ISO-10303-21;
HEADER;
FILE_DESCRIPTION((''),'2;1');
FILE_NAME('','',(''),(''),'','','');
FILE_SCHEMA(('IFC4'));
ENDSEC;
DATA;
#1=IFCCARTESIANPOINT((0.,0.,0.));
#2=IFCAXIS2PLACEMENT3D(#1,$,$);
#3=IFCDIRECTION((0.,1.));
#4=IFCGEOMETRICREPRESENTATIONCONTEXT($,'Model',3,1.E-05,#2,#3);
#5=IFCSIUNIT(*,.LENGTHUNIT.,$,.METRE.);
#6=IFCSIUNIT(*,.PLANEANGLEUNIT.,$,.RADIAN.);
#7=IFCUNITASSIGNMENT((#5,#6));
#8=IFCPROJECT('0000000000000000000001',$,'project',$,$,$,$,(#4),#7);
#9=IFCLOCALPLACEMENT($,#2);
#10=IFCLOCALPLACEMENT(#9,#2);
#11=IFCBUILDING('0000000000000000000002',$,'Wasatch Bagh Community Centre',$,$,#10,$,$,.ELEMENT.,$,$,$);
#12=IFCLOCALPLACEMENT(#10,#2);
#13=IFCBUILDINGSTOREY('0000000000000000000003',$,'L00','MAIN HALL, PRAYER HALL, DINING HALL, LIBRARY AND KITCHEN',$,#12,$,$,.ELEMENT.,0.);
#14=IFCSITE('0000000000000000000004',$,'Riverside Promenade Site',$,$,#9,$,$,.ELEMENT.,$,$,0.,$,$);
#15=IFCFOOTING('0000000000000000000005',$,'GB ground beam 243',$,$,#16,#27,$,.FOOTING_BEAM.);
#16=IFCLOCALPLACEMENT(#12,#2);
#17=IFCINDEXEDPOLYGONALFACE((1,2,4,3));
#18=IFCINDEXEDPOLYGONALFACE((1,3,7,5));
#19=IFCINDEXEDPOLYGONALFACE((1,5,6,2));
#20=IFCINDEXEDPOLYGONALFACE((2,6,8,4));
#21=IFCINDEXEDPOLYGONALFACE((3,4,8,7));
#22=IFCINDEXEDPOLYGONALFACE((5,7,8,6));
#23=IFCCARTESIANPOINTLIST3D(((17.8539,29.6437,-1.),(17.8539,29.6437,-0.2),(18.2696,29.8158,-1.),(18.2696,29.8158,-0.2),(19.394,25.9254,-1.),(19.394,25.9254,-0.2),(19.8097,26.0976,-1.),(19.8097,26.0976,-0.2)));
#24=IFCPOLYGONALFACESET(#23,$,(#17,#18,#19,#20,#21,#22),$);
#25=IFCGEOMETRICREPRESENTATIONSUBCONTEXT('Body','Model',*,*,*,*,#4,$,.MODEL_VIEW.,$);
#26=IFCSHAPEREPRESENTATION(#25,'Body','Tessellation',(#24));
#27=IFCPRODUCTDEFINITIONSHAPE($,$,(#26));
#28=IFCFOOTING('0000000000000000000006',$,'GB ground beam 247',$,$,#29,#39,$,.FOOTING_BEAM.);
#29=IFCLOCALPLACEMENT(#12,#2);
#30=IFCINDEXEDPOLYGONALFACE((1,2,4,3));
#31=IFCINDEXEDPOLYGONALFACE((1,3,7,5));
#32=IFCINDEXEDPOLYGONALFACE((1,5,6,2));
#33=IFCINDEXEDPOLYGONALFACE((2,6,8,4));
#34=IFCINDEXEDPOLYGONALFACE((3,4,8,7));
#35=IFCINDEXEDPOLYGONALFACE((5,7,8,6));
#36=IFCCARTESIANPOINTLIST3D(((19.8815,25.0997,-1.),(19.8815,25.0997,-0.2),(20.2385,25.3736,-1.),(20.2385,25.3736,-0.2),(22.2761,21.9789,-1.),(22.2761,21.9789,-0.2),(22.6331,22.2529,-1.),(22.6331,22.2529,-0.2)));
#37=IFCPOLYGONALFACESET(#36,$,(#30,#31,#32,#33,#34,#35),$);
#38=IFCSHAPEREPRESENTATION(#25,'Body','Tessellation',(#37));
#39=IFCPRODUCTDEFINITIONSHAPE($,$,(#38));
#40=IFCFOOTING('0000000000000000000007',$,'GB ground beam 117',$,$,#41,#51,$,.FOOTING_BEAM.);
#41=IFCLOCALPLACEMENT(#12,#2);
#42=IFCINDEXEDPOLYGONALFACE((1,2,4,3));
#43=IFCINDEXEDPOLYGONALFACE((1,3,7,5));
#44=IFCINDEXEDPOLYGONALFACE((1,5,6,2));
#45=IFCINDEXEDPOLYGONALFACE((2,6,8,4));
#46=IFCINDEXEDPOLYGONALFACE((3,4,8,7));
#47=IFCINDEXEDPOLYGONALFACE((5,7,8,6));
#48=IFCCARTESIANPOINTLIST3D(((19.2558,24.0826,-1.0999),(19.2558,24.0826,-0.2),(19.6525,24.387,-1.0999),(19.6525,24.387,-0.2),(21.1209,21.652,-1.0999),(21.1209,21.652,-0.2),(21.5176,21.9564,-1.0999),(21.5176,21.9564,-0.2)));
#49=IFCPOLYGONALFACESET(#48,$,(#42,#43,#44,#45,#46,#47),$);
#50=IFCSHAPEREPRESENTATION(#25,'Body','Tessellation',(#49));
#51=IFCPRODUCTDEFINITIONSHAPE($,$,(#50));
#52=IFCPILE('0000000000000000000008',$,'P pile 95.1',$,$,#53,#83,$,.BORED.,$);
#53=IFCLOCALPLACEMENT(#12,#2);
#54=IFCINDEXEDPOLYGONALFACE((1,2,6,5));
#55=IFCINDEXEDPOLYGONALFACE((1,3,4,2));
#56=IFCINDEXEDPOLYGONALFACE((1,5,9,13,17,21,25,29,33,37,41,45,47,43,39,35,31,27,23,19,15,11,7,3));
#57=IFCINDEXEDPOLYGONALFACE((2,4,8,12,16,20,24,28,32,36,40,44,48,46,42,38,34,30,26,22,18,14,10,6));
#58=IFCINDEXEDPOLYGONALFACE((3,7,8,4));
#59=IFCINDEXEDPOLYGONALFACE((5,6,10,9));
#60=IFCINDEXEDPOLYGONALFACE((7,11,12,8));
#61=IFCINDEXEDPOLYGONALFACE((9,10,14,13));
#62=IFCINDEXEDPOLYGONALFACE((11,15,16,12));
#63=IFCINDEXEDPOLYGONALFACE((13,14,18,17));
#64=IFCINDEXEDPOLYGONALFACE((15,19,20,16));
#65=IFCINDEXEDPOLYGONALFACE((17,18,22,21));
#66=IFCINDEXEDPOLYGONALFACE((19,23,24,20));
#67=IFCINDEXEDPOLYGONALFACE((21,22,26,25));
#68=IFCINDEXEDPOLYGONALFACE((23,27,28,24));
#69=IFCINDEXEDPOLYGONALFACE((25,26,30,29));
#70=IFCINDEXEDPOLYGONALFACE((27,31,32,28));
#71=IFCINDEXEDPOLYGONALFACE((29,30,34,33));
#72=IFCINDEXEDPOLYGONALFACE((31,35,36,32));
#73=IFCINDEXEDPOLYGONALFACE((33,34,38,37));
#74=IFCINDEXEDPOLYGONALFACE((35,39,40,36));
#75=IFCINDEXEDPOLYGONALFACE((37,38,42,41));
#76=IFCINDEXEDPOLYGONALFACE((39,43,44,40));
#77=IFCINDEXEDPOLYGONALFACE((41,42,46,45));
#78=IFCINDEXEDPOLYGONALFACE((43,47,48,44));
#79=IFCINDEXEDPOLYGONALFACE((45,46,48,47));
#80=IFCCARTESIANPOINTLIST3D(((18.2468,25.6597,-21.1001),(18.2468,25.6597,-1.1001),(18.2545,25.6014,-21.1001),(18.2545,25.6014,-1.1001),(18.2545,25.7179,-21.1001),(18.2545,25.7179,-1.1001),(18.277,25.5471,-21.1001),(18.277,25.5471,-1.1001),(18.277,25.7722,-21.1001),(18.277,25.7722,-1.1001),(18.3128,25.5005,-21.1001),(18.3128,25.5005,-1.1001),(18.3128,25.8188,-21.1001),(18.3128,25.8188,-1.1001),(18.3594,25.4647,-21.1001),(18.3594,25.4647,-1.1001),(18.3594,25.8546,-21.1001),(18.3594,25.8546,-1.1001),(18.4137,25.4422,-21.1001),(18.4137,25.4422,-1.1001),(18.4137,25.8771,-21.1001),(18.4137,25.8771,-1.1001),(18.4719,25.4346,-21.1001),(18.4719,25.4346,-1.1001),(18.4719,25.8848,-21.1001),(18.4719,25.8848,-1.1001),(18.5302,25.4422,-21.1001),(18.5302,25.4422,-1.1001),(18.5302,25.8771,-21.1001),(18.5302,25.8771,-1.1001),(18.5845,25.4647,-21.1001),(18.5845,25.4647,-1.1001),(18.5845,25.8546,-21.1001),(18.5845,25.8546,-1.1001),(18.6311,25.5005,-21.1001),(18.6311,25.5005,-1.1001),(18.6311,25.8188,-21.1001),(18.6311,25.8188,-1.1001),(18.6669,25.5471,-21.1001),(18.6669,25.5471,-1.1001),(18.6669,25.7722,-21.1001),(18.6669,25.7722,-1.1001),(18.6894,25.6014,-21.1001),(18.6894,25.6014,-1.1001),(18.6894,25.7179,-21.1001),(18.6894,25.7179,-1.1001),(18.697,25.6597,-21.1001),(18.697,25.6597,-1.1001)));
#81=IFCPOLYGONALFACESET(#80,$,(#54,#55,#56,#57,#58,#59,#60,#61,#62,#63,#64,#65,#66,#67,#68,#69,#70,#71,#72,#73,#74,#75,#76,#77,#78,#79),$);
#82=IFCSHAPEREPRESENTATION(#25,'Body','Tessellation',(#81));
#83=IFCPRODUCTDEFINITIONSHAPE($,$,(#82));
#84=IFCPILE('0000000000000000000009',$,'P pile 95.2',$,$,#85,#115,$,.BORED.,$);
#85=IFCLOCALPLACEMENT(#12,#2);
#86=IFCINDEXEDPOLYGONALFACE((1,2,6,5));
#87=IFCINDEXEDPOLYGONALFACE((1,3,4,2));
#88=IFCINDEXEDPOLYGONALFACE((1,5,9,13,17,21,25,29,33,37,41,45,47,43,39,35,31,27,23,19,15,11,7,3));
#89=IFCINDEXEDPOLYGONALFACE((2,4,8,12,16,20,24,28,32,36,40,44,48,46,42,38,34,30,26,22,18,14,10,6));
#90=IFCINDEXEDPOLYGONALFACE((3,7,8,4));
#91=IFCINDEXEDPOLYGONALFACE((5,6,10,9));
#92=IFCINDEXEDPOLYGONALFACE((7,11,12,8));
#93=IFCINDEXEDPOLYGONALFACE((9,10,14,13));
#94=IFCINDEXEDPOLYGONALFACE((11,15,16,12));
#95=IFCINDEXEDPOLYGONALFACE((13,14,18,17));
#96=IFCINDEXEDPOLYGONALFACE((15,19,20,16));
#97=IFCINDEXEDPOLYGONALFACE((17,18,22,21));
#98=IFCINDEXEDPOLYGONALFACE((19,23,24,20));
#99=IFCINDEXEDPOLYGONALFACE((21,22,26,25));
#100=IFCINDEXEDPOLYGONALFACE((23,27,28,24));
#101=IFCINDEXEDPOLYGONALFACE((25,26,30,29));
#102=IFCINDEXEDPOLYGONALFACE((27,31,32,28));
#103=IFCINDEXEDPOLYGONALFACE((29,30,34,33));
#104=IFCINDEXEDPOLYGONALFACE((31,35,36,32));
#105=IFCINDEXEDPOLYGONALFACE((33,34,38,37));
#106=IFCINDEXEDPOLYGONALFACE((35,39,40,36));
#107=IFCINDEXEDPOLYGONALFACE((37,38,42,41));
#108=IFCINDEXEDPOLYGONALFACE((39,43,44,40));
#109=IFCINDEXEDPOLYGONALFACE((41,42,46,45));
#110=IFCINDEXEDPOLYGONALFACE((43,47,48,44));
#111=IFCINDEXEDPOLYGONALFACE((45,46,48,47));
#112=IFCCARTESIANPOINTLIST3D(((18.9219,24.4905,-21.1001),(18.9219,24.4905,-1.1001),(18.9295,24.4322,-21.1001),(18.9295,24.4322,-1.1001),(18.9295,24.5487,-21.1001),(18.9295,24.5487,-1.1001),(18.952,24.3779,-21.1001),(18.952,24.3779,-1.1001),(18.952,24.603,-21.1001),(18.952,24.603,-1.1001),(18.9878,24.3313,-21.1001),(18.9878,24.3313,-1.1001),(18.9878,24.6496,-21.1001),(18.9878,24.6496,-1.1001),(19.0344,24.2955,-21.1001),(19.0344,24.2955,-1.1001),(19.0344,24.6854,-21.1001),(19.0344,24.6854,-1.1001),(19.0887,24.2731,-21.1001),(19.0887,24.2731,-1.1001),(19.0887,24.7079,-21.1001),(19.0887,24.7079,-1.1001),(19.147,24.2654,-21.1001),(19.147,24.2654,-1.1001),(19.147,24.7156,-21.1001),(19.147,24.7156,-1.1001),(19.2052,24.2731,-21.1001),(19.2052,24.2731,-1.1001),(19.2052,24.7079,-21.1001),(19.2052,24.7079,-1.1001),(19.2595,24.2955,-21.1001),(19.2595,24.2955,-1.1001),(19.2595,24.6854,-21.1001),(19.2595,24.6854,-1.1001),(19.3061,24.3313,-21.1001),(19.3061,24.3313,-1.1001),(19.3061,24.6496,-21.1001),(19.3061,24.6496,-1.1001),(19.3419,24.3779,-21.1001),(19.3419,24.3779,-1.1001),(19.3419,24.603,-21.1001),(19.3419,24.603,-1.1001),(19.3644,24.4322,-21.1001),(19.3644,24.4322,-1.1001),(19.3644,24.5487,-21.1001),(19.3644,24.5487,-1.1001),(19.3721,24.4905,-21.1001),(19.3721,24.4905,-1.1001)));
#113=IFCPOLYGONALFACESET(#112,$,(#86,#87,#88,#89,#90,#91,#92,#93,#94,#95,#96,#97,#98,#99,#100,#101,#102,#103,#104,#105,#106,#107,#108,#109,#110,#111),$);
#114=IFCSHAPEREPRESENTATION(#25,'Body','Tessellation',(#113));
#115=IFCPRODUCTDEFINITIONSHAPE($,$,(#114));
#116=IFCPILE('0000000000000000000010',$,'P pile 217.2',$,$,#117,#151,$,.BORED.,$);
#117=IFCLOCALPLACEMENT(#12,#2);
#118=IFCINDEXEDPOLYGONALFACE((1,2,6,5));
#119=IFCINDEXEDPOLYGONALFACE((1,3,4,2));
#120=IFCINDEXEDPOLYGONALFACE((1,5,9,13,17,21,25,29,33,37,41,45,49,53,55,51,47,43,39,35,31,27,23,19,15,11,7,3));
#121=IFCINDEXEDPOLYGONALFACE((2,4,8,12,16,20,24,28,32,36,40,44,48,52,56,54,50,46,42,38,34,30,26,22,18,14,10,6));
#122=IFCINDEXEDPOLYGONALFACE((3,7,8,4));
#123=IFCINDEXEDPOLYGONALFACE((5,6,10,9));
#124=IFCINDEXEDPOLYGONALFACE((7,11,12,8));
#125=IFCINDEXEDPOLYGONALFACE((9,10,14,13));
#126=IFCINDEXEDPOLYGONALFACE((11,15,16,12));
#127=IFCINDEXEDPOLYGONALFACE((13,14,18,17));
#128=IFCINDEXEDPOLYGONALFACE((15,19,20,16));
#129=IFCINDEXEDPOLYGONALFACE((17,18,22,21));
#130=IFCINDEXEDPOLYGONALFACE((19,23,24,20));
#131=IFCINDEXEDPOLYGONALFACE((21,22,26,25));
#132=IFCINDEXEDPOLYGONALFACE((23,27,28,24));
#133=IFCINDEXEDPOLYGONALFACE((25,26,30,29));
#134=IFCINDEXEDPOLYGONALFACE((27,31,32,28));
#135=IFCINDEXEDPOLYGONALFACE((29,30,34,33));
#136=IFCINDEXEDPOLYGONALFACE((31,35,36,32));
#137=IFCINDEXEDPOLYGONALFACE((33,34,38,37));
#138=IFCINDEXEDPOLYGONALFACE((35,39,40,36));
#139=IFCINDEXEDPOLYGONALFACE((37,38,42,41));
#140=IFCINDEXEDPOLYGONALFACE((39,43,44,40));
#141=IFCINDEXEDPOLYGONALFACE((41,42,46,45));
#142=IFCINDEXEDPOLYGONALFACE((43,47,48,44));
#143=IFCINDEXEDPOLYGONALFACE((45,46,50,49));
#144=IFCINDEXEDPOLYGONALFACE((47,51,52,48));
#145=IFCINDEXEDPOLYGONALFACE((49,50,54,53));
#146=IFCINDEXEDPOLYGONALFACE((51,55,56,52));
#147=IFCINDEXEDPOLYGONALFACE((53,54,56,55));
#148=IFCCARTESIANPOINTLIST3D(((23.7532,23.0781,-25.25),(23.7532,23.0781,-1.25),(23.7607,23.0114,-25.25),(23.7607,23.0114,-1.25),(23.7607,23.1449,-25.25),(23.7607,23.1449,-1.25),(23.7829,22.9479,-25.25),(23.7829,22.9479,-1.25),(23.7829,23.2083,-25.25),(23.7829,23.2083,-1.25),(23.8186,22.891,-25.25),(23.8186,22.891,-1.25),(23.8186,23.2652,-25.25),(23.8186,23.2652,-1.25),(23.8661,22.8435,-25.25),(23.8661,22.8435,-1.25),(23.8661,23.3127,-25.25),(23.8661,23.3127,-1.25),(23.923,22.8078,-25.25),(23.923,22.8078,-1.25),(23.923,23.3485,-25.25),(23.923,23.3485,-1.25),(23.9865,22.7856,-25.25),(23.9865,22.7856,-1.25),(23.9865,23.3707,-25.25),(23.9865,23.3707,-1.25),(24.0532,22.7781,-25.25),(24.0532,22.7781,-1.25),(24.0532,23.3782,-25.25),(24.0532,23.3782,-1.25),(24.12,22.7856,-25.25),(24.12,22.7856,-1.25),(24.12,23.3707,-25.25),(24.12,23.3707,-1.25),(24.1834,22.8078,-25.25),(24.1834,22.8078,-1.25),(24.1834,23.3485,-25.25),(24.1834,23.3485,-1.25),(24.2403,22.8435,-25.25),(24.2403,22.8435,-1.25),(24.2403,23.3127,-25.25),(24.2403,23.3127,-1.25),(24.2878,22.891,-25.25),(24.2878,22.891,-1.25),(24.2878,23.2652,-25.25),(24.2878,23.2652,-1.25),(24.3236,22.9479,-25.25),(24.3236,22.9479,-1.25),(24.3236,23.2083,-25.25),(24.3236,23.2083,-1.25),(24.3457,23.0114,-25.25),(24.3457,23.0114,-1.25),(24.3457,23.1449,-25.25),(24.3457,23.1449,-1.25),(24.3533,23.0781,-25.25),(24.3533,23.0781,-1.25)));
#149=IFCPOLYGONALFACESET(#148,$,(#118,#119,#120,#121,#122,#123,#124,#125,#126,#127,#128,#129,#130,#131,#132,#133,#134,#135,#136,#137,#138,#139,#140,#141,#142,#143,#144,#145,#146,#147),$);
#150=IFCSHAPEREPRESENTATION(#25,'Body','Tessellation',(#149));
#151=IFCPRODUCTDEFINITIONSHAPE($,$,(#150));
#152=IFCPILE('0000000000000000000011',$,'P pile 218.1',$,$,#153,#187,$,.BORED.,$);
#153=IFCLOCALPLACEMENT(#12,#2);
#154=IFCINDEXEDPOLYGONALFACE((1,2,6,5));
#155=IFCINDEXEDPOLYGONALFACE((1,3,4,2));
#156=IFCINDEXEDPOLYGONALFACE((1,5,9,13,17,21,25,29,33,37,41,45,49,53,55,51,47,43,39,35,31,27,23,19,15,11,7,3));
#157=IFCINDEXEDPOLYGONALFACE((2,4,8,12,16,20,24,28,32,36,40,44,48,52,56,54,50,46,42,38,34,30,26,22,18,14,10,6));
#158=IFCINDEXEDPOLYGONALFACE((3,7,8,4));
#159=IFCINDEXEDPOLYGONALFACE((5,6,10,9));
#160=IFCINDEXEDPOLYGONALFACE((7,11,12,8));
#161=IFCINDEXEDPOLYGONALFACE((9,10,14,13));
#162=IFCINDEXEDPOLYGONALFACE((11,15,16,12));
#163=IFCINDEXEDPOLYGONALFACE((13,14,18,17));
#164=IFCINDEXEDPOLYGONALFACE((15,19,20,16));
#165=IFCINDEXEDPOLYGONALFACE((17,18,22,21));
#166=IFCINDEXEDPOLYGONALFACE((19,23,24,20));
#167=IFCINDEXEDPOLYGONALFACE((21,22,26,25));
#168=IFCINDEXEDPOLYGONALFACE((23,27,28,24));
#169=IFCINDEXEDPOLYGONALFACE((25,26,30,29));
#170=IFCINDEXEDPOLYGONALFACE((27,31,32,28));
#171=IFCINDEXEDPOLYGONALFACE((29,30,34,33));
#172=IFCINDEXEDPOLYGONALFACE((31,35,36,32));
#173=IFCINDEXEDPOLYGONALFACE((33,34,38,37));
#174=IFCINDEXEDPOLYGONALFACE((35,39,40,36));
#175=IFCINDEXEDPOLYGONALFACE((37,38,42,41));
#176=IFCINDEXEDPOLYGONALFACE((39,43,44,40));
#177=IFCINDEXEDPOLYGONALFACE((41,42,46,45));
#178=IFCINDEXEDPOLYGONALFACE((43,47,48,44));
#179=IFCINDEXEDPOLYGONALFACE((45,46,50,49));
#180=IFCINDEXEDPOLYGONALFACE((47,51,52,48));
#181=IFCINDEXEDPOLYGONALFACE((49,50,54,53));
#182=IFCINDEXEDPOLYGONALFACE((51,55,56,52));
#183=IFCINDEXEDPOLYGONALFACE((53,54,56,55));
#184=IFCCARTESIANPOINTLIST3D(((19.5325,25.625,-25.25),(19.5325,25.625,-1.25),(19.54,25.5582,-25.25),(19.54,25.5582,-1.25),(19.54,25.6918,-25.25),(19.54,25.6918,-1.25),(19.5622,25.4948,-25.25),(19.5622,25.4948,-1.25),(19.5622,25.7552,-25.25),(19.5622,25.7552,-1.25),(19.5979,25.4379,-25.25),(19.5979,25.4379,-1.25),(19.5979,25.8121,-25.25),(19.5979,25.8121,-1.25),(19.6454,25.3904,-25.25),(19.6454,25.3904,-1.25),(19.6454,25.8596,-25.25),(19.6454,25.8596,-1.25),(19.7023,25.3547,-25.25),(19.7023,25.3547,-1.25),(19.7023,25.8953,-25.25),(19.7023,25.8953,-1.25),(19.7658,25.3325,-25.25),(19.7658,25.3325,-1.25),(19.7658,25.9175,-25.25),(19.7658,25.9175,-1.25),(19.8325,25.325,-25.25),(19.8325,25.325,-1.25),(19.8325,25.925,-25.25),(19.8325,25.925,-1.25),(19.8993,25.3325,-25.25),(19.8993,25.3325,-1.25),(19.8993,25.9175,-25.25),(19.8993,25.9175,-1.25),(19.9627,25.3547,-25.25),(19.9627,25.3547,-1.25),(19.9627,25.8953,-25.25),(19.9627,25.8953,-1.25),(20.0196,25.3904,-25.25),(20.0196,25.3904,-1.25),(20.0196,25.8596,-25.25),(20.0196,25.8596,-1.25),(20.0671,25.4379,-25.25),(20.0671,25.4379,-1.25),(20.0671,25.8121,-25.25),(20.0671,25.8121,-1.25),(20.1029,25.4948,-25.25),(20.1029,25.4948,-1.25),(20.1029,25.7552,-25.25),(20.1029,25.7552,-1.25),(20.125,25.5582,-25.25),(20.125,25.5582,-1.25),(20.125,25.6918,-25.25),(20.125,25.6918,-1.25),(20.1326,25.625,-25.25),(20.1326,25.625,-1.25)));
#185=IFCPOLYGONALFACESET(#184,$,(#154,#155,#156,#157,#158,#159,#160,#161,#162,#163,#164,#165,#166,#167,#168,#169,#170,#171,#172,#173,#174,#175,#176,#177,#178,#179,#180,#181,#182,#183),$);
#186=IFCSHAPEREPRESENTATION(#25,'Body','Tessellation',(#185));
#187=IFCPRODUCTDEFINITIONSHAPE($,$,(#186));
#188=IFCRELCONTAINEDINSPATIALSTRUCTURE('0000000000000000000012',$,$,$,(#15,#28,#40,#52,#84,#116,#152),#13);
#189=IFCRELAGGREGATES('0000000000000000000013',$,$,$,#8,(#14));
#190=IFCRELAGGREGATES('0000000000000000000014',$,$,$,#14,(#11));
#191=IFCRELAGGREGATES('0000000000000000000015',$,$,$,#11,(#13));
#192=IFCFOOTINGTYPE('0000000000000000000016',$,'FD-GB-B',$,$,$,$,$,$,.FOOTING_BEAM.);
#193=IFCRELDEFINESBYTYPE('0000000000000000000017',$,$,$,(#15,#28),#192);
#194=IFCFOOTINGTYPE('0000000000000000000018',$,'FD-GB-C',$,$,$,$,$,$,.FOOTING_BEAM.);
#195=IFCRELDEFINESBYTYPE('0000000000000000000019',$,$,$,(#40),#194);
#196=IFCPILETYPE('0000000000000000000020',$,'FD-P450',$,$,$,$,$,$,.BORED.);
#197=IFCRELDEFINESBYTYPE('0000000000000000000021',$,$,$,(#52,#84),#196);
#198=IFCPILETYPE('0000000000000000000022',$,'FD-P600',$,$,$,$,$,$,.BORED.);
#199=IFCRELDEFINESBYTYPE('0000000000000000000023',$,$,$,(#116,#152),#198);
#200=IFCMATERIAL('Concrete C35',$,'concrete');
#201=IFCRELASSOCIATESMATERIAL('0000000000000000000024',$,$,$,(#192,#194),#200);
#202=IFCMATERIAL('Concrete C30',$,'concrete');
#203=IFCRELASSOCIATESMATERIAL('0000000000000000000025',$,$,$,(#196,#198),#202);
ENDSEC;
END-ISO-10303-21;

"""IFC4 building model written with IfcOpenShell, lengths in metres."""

from ifc_helpers import new_model, si_unit, direction, frame, origin, origin_2d, place, context, subcontext, project, spatial, rectangle, circle, extrude, material, material_profile, profile_set, type_object, element, save


model = new_model("IFC4")

# Units and contexts
model_context = context("Model", 3, precision=1e-05, world=origin(), true_north=direction((0.0, 1.0)))
body_context = subcontext(model_context, "Body", "Model", "MODEL_VIEW")
ifc_project = project(units=[si_unit("LENGTHUNIT", "METRE"), si_unit("PLANEANGLEUNIT", "RADIAN")], contexts=[model_context])

# Site, building, storey
site_placement = place(None, origin())
site = spatial("IfcSite", under=ifc_project, at=site_placement, Name="Riverside Promenade Site", CompositionType="ELEMENT", RefElevation=0.0)
building_placement = place(site_placement, origin())
building = spatial("IfcBuilding", under=site, at=building_placement, Name="Wasatch Bagh Community Centre", CompositionType="ELEMENT")
storey_placement = place(building_placement, origin())
storey = spatial("IfcBuildingStorey", under=building, at=storey_placement, Name="L00", Description="MAIN HALL, PRAYER HALL, DINING HALL, LIBRARY AND KITCHEN", CompositionType="ELEMENT", Elevation=0.0)

# Footings
ifc_material_1 = material(Name="Concrete C35", Category="concrete")
footing_type_1 = type_object("IfcFootingType", Name="FD-GB-B", PredefinedType="FOOTING_BEAM", material=ifc_material_1)
footing_1_placement = place(storey_placement, frame((18.8318, 27.8706, -1.0), z_axis=(0.0, 0.0, 1.0), x_axis=(0.382683, -0.92388, 0.0)))
element("IfcFooting", 1, at=footing_1_placement, inside=storey, type_object=footing_type_1, Name="GB ground beam 243", PredefinedType="FOOTING_BEAM", context=body_context, shape_type="SweptSolid", body=[
    extrude(rectangle(XDim=4.0247, YDim=0.45, at=origin_2d()), origin(), (0.0, 0.0, 1.0), 0.8),
])
footing_2_placement = place(storey_placement, frame((21.2573, 23.6763, -1.0), z_axis=(0.0, 0.0, 1.0), x_axis=(0.608761, -0.793353, 0.0)))
element("IfcFooting", 2, at=footing_2_placement, inside=storey, type_object=footing_type_1, Name="GB ground beam 247", PredefinedType="FOOTING_BEAM", context=body_context, shape_type="SweptSolid", body=[
    extrude(rectangle(XDim=3.9336, YDim=0.45, at=origin_2d()), origin(), (0.0, 0.0, 1.0), 0.8),
])
footing_type_2 = type_object("IfcFootingType", Name="FD-GB-C", PredefinedType="FOOTING_BEAM", material=ifc_material_1)
footing_3_placement = place(storey_placement, frame((20.3867, 23.0195, -1.0999), z_axis=(0.0, 0.0, 1.0), x_axis=(0.608761, -0.793353, 0.0)))
element("IfcFooting", 3, at=footing_3_placement, inside=storey, type_object=footing_type_2, Name="GB ground beam 117", PredefinedType="FOOTING_BEAM", context=body_context, shape_type="SweptSolid", body=[
    extrude(rectangle(XDim=3.0637, YDim=0.5, at=origin_2d()), origin(), (0.0, 0.0, 1.0), 0.8999),
])

# Piles
ifc_material_2 = material(Name="Concrete C30", Category="concrete")
ifc_material_profile_1 = material_profile(ifc_material_2, circle(Radius=0.2251, at=origin_2d()), Name="RC D450")
ifc_profile_set_1 = profile_set([ifc_material_profile_1], Name="Concrete C30")
pile_type_1 = type_object("IfcPileType", Name="FD-P450", PredefinedType="BORED", material=ifc_profile_set_1)
for number, where, z_axis, x_axis, name in (
    (4, (18.4719, 25.6597, -1.1001), (0.0, 0.0, -1.0), (1.0, 0.0, 0.0), "P pile 95.1"),
    (5, (19.147, 24.4905, -1.1001), (0.0, 0.0, -1.0), (1.0, 0.0, 0.0), "P pile 95.2"),
):
    element("IfcPile", number, at=place(storey_placement, frame(where, z_axis=z_axis, x_axis=x_axis)), inside=storey, type_object=pile_type_1, Name=name, PredefinedType="BORED", context=body_context, shape_type="SweptSolid", body=[
        extrude(circle(Radius=0.2251, at=origin_2d()), origin(), (0.0, 0.0, 1.0), 20.0),
    ])
ifc_material_profile_2 = material_profile(ifc_material_2, circle(Radius=0.3, at=origin_2d()), Name="RC D600")
ifc_profile_set_2 = profile_set([ifc_material_profile_2], Name="Concrete C30")
pile_type_2 = type_object("IfcPileType", Name="FD-P600", PredefinedType="BORED", material=ifc_profile_set_2)
for number, where, z_axis, x_axis, name in (
    (6, (24.0532, 23.0781, -1.25), (0.0, 0.0, -1.0), (1.0, 0.0, 0.0), "P pile 217.2"),
    (7, (19.8325, 25.625, -1.25), (0.0, 0.0, -1.0), (1.0, 0.0, 0.0), "P pile 218.1"),
):
    element("IfcPile", number, at=place(storey_placement, frame(where, z_axis=z_axis, x_axis=x_axis)), inside=storey, type_object=pile_type_2, Name=name, PredefinedType="BORED", context=body_context, shape_type="SweptSolid", body=[
        extrude(circle(Radius=0.3, at=origin_2d()), origin(), (0.0, 0.0, 1.0), 24.0),
    ])

save(model, "model.ifc")
